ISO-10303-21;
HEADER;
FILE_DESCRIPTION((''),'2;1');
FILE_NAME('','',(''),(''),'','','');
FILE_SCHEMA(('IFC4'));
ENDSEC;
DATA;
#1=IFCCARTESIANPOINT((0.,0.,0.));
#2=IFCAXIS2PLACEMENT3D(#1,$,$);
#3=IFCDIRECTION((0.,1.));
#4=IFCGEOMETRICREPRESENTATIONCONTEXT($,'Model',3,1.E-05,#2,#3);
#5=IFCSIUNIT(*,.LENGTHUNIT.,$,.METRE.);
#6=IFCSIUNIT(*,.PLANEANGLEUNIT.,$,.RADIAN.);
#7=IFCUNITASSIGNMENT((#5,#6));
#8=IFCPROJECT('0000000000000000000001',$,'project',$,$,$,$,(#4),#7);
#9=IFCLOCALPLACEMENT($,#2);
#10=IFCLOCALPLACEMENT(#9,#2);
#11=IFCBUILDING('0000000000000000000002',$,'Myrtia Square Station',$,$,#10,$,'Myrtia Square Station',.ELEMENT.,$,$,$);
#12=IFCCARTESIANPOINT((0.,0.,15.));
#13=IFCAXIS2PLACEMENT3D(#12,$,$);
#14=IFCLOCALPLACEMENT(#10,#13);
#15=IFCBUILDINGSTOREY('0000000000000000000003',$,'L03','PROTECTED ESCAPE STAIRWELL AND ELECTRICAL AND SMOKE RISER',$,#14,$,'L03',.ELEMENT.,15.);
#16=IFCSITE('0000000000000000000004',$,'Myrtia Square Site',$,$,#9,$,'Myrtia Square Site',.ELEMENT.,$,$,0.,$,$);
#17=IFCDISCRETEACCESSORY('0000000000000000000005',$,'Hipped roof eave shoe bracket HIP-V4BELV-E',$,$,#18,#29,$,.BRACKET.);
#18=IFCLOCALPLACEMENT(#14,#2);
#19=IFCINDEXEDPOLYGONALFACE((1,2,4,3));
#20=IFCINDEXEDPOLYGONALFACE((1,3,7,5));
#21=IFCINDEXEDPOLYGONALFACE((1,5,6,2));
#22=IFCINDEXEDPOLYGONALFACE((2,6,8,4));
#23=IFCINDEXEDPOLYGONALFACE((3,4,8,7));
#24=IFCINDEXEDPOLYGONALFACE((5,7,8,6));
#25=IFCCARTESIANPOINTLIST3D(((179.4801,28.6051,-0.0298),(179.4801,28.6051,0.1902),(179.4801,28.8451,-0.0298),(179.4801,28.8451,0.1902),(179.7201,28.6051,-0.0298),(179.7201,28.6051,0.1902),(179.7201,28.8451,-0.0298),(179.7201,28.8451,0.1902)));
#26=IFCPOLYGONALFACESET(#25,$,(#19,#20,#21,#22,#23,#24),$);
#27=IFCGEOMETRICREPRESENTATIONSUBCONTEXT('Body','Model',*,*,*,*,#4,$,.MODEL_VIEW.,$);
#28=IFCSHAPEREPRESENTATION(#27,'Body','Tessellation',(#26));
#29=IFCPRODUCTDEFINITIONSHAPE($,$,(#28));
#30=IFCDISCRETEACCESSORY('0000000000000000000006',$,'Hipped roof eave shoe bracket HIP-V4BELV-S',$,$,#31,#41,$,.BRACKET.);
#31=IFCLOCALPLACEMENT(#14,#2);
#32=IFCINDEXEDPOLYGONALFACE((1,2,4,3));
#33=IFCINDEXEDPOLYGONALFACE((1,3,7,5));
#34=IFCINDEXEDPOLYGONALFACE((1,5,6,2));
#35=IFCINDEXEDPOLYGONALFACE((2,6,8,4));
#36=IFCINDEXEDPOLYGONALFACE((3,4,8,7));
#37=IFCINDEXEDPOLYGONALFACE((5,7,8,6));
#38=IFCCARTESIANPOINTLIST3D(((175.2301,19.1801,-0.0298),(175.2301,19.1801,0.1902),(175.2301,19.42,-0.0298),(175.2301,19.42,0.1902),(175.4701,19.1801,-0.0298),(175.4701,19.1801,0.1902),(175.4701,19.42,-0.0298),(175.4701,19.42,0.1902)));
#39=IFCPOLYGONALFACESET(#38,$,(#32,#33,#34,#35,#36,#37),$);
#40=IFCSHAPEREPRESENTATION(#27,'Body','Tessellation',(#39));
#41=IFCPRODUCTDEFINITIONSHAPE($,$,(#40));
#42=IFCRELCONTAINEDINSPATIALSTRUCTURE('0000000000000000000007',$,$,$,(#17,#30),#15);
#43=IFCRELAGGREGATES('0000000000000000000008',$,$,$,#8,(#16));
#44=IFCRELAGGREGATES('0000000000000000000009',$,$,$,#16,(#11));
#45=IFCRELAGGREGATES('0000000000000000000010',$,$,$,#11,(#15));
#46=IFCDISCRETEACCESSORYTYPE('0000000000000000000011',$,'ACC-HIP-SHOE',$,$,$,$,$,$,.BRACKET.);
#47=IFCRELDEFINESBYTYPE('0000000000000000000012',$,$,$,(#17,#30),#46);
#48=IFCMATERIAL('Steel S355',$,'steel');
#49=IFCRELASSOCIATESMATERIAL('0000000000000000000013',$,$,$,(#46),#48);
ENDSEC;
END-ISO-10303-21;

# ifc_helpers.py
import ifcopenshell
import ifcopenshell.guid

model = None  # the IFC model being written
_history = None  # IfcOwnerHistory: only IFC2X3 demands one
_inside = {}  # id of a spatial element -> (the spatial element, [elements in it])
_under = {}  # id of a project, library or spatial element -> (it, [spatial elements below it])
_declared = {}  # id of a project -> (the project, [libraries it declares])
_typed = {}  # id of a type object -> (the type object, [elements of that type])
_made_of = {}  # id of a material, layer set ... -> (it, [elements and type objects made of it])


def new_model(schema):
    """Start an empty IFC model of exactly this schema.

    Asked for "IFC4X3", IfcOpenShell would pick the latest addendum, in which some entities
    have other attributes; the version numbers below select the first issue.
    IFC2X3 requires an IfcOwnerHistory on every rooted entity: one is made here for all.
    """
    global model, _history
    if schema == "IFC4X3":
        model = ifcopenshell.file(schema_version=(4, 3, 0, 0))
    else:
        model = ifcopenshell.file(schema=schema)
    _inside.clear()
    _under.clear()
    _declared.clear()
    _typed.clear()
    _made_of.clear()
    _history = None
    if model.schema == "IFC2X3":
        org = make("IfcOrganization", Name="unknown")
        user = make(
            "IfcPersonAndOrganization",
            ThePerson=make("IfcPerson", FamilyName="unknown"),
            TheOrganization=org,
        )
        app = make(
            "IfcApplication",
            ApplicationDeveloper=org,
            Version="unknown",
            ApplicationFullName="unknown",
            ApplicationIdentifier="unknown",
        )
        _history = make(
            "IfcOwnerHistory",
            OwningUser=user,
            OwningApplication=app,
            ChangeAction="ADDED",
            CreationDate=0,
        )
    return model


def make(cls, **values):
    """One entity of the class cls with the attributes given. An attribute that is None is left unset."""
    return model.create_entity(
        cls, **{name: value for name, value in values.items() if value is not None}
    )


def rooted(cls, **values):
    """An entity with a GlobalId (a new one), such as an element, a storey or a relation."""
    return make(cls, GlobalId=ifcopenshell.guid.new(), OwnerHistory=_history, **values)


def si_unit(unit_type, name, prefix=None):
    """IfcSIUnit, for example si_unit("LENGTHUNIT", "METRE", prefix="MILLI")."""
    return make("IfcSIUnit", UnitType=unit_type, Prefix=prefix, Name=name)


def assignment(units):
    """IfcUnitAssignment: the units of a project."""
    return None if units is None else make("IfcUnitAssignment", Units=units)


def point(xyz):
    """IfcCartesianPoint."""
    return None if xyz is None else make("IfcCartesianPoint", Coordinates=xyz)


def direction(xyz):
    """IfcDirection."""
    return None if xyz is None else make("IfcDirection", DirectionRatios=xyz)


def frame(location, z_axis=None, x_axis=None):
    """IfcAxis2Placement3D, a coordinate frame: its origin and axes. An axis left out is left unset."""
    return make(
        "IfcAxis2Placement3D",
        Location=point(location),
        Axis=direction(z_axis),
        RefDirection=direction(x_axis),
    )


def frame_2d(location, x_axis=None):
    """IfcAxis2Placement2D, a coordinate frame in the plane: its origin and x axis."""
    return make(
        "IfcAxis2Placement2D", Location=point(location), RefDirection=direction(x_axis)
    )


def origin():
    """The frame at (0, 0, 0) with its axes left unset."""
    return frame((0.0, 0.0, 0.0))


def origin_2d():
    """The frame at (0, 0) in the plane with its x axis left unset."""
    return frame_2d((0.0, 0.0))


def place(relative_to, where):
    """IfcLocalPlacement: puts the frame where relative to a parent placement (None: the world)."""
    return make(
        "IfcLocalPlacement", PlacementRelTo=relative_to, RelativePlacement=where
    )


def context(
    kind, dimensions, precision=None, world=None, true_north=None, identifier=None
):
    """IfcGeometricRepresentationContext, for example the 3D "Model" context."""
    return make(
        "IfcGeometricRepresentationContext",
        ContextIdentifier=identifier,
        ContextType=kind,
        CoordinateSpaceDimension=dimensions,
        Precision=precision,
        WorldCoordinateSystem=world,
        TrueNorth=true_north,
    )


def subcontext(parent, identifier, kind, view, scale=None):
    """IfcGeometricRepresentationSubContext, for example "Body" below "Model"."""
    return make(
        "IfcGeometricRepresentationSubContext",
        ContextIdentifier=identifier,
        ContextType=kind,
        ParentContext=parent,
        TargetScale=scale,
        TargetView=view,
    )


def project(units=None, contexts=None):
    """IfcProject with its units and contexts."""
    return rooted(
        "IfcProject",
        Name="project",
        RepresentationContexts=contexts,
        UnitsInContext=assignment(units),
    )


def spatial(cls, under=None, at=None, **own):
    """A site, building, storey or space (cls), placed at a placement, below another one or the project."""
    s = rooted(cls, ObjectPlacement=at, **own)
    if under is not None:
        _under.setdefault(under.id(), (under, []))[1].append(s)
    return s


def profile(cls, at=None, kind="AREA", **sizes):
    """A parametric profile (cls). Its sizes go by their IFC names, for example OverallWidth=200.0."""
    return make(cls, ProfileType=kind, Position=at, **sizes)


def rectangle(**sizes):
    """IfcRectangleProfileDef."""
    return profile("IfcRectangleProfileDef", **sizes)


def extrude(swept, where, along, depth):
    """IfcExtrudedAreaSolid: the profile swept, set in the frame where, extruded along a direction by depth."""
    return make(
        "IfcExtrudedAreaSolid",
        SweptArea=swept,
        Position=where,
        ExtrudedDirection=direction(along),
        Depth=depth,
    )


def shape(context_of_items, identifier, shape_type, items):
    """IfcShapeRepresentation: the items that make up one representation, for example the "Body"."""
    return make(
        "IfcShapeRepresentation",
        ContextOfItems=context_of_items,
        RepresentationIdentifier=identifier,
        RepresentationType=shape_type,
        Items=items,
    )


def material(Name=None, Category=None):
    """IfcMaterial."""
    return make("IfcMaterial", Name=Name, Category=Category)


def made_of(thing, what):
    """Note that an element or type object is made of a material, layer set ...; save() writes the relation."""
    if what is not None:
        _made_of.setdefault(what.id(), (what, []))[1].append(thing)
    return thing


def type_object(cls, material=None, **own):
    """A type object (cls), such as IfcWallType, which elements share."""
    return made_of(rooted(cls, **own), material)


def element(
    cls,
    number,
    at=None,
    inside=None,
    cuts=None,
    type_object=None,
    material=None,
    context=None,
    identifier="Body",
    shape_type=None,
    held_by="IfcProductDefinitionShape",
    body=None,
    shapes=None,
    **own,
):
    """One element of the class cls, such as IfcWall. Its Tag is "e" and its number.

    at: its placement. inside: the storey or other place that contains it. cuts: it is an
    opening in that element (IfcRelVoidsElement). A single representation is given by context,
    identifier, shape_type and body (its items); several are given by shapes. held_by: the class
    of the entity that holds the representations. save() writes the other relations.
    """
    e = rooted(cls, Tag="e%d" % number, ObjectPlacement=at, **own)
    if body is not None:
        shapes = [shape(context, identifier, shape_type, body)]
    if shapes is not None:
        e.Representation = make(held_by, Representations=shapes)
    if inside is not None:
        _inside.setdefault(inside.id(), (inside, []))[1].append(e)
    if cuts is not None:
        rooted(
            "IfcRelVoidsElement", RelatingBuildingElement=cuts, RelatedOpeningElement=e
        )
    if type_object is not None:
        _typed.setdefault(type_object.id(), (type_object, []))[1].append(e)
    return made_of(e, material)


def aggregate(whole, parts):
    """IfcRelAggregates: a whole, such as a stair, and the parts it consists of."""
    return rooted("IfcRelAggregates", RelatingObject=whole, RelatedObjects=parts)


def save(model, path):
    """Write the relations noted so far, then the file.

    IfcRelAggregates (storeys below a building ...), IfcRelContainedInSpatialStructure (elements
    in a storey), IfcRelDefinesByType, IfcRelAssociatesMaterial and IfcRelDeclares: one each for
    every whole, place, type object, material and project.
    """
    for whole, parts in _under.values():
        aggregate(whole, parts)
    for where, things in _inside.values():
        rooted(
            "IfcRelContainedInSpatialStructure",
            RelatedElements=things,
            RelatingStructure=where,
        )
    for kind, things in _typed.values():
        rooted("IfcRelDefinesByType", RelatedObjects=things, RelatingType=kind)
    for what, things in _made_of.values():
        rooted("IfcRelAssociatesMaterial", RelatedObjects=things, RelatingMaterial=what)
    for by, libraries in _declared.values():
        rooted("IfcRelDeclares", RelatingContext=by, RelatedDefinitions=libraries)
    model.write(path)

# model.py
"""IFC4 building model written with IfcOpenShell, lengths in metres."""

from ifc_helpers import new_model, si_unit, direction, frame, origin, origin_2d, place, context, subcontext, project, spatial, rectangle, extrude, material, type_object, element, save


model = new_model("IFC4")

# Units and contexts
model_context = context("Model", 3, precision=1e-05, world=origin(), true_north=direction((0.0, 1.0)))
body_context = subcontext(model_context, "Body", "Model", "MODEL_VIEW")
ifc_project = project(units=[si_unit("LENGTHUNIT", "METRE"), si_unit("PLANEANGLEUNIT", "RADIAN")], contexts=[model_context])

# Site, building, storey
site_placement = place(None, origin())
site = spatial("IfcSite", under=ifc_project, at=site_placement, Name="Myrtia Square Site", LongName="Myrtia Square Site", CompositionType="ELEMENT", RefElevation=0.0)
building_placement = place(site_placement, origin())
building = spatial("IfcBuilding", under=site, at=building_placement, Name="Myrtia Square Station", LongName="Myrtia Square Station", CompositionType="ELEMENT")
storey_placement = place(building_placement, frame((0.0, 0.0, 15.0)))
storey = spatial("IfcBuildingStorey", under=building, at=storey_placement, Name="L03", Description="PROTECTED ESCAPE STAIRWELL AND ELECTRICAL AND SMOKE RISER", LongName="L03", CompositionType="ELEMENT", Elevation=15.0)

# Shared definitions
ifc_material_1 = material(Name="Steel S355", Category="steel")

# Discrete accessories
discrete_accessory_type = type_object("IfcDiscreteAccessoryType", Name="ACC-HIP-SHOE", PredefinedType="BRACKET", material=ifc_material_1)
for number, where, z_axis, x_axis, name in (
    (1, (179.6001, 28.7251, -0.0298), (0.0, 0.0, 1.0), (1.0, 0.0, 0.0), "Hipped roof eave shoe bracket HIP-V4BELV-E"),
    (2, (175.3501, 19.3, -0.0298), (0.0, 0.0, 1.0), (1.0, 0.0, 0.0), "Hipped roof eave shoe bracket HIP-V4BELV-S"),
):
    element("IfcDiscreteAccessory", number, at=place(storey_placement, frame(where, z_axis=z_axis, x_axis=x_axis)), inside=storey, type_object=discrete_accessory_type, Name=name, PredefinedType="BRACKET", context=body_context, shape_type="SweptSolid", body=[
        extrude(rectangle(XDim=0.24, YDim=0.24, at=origin_2d()), origin(), (0.0, 0.0, 1.0), 0.22),
    ])

save(model, "model.ifc")
